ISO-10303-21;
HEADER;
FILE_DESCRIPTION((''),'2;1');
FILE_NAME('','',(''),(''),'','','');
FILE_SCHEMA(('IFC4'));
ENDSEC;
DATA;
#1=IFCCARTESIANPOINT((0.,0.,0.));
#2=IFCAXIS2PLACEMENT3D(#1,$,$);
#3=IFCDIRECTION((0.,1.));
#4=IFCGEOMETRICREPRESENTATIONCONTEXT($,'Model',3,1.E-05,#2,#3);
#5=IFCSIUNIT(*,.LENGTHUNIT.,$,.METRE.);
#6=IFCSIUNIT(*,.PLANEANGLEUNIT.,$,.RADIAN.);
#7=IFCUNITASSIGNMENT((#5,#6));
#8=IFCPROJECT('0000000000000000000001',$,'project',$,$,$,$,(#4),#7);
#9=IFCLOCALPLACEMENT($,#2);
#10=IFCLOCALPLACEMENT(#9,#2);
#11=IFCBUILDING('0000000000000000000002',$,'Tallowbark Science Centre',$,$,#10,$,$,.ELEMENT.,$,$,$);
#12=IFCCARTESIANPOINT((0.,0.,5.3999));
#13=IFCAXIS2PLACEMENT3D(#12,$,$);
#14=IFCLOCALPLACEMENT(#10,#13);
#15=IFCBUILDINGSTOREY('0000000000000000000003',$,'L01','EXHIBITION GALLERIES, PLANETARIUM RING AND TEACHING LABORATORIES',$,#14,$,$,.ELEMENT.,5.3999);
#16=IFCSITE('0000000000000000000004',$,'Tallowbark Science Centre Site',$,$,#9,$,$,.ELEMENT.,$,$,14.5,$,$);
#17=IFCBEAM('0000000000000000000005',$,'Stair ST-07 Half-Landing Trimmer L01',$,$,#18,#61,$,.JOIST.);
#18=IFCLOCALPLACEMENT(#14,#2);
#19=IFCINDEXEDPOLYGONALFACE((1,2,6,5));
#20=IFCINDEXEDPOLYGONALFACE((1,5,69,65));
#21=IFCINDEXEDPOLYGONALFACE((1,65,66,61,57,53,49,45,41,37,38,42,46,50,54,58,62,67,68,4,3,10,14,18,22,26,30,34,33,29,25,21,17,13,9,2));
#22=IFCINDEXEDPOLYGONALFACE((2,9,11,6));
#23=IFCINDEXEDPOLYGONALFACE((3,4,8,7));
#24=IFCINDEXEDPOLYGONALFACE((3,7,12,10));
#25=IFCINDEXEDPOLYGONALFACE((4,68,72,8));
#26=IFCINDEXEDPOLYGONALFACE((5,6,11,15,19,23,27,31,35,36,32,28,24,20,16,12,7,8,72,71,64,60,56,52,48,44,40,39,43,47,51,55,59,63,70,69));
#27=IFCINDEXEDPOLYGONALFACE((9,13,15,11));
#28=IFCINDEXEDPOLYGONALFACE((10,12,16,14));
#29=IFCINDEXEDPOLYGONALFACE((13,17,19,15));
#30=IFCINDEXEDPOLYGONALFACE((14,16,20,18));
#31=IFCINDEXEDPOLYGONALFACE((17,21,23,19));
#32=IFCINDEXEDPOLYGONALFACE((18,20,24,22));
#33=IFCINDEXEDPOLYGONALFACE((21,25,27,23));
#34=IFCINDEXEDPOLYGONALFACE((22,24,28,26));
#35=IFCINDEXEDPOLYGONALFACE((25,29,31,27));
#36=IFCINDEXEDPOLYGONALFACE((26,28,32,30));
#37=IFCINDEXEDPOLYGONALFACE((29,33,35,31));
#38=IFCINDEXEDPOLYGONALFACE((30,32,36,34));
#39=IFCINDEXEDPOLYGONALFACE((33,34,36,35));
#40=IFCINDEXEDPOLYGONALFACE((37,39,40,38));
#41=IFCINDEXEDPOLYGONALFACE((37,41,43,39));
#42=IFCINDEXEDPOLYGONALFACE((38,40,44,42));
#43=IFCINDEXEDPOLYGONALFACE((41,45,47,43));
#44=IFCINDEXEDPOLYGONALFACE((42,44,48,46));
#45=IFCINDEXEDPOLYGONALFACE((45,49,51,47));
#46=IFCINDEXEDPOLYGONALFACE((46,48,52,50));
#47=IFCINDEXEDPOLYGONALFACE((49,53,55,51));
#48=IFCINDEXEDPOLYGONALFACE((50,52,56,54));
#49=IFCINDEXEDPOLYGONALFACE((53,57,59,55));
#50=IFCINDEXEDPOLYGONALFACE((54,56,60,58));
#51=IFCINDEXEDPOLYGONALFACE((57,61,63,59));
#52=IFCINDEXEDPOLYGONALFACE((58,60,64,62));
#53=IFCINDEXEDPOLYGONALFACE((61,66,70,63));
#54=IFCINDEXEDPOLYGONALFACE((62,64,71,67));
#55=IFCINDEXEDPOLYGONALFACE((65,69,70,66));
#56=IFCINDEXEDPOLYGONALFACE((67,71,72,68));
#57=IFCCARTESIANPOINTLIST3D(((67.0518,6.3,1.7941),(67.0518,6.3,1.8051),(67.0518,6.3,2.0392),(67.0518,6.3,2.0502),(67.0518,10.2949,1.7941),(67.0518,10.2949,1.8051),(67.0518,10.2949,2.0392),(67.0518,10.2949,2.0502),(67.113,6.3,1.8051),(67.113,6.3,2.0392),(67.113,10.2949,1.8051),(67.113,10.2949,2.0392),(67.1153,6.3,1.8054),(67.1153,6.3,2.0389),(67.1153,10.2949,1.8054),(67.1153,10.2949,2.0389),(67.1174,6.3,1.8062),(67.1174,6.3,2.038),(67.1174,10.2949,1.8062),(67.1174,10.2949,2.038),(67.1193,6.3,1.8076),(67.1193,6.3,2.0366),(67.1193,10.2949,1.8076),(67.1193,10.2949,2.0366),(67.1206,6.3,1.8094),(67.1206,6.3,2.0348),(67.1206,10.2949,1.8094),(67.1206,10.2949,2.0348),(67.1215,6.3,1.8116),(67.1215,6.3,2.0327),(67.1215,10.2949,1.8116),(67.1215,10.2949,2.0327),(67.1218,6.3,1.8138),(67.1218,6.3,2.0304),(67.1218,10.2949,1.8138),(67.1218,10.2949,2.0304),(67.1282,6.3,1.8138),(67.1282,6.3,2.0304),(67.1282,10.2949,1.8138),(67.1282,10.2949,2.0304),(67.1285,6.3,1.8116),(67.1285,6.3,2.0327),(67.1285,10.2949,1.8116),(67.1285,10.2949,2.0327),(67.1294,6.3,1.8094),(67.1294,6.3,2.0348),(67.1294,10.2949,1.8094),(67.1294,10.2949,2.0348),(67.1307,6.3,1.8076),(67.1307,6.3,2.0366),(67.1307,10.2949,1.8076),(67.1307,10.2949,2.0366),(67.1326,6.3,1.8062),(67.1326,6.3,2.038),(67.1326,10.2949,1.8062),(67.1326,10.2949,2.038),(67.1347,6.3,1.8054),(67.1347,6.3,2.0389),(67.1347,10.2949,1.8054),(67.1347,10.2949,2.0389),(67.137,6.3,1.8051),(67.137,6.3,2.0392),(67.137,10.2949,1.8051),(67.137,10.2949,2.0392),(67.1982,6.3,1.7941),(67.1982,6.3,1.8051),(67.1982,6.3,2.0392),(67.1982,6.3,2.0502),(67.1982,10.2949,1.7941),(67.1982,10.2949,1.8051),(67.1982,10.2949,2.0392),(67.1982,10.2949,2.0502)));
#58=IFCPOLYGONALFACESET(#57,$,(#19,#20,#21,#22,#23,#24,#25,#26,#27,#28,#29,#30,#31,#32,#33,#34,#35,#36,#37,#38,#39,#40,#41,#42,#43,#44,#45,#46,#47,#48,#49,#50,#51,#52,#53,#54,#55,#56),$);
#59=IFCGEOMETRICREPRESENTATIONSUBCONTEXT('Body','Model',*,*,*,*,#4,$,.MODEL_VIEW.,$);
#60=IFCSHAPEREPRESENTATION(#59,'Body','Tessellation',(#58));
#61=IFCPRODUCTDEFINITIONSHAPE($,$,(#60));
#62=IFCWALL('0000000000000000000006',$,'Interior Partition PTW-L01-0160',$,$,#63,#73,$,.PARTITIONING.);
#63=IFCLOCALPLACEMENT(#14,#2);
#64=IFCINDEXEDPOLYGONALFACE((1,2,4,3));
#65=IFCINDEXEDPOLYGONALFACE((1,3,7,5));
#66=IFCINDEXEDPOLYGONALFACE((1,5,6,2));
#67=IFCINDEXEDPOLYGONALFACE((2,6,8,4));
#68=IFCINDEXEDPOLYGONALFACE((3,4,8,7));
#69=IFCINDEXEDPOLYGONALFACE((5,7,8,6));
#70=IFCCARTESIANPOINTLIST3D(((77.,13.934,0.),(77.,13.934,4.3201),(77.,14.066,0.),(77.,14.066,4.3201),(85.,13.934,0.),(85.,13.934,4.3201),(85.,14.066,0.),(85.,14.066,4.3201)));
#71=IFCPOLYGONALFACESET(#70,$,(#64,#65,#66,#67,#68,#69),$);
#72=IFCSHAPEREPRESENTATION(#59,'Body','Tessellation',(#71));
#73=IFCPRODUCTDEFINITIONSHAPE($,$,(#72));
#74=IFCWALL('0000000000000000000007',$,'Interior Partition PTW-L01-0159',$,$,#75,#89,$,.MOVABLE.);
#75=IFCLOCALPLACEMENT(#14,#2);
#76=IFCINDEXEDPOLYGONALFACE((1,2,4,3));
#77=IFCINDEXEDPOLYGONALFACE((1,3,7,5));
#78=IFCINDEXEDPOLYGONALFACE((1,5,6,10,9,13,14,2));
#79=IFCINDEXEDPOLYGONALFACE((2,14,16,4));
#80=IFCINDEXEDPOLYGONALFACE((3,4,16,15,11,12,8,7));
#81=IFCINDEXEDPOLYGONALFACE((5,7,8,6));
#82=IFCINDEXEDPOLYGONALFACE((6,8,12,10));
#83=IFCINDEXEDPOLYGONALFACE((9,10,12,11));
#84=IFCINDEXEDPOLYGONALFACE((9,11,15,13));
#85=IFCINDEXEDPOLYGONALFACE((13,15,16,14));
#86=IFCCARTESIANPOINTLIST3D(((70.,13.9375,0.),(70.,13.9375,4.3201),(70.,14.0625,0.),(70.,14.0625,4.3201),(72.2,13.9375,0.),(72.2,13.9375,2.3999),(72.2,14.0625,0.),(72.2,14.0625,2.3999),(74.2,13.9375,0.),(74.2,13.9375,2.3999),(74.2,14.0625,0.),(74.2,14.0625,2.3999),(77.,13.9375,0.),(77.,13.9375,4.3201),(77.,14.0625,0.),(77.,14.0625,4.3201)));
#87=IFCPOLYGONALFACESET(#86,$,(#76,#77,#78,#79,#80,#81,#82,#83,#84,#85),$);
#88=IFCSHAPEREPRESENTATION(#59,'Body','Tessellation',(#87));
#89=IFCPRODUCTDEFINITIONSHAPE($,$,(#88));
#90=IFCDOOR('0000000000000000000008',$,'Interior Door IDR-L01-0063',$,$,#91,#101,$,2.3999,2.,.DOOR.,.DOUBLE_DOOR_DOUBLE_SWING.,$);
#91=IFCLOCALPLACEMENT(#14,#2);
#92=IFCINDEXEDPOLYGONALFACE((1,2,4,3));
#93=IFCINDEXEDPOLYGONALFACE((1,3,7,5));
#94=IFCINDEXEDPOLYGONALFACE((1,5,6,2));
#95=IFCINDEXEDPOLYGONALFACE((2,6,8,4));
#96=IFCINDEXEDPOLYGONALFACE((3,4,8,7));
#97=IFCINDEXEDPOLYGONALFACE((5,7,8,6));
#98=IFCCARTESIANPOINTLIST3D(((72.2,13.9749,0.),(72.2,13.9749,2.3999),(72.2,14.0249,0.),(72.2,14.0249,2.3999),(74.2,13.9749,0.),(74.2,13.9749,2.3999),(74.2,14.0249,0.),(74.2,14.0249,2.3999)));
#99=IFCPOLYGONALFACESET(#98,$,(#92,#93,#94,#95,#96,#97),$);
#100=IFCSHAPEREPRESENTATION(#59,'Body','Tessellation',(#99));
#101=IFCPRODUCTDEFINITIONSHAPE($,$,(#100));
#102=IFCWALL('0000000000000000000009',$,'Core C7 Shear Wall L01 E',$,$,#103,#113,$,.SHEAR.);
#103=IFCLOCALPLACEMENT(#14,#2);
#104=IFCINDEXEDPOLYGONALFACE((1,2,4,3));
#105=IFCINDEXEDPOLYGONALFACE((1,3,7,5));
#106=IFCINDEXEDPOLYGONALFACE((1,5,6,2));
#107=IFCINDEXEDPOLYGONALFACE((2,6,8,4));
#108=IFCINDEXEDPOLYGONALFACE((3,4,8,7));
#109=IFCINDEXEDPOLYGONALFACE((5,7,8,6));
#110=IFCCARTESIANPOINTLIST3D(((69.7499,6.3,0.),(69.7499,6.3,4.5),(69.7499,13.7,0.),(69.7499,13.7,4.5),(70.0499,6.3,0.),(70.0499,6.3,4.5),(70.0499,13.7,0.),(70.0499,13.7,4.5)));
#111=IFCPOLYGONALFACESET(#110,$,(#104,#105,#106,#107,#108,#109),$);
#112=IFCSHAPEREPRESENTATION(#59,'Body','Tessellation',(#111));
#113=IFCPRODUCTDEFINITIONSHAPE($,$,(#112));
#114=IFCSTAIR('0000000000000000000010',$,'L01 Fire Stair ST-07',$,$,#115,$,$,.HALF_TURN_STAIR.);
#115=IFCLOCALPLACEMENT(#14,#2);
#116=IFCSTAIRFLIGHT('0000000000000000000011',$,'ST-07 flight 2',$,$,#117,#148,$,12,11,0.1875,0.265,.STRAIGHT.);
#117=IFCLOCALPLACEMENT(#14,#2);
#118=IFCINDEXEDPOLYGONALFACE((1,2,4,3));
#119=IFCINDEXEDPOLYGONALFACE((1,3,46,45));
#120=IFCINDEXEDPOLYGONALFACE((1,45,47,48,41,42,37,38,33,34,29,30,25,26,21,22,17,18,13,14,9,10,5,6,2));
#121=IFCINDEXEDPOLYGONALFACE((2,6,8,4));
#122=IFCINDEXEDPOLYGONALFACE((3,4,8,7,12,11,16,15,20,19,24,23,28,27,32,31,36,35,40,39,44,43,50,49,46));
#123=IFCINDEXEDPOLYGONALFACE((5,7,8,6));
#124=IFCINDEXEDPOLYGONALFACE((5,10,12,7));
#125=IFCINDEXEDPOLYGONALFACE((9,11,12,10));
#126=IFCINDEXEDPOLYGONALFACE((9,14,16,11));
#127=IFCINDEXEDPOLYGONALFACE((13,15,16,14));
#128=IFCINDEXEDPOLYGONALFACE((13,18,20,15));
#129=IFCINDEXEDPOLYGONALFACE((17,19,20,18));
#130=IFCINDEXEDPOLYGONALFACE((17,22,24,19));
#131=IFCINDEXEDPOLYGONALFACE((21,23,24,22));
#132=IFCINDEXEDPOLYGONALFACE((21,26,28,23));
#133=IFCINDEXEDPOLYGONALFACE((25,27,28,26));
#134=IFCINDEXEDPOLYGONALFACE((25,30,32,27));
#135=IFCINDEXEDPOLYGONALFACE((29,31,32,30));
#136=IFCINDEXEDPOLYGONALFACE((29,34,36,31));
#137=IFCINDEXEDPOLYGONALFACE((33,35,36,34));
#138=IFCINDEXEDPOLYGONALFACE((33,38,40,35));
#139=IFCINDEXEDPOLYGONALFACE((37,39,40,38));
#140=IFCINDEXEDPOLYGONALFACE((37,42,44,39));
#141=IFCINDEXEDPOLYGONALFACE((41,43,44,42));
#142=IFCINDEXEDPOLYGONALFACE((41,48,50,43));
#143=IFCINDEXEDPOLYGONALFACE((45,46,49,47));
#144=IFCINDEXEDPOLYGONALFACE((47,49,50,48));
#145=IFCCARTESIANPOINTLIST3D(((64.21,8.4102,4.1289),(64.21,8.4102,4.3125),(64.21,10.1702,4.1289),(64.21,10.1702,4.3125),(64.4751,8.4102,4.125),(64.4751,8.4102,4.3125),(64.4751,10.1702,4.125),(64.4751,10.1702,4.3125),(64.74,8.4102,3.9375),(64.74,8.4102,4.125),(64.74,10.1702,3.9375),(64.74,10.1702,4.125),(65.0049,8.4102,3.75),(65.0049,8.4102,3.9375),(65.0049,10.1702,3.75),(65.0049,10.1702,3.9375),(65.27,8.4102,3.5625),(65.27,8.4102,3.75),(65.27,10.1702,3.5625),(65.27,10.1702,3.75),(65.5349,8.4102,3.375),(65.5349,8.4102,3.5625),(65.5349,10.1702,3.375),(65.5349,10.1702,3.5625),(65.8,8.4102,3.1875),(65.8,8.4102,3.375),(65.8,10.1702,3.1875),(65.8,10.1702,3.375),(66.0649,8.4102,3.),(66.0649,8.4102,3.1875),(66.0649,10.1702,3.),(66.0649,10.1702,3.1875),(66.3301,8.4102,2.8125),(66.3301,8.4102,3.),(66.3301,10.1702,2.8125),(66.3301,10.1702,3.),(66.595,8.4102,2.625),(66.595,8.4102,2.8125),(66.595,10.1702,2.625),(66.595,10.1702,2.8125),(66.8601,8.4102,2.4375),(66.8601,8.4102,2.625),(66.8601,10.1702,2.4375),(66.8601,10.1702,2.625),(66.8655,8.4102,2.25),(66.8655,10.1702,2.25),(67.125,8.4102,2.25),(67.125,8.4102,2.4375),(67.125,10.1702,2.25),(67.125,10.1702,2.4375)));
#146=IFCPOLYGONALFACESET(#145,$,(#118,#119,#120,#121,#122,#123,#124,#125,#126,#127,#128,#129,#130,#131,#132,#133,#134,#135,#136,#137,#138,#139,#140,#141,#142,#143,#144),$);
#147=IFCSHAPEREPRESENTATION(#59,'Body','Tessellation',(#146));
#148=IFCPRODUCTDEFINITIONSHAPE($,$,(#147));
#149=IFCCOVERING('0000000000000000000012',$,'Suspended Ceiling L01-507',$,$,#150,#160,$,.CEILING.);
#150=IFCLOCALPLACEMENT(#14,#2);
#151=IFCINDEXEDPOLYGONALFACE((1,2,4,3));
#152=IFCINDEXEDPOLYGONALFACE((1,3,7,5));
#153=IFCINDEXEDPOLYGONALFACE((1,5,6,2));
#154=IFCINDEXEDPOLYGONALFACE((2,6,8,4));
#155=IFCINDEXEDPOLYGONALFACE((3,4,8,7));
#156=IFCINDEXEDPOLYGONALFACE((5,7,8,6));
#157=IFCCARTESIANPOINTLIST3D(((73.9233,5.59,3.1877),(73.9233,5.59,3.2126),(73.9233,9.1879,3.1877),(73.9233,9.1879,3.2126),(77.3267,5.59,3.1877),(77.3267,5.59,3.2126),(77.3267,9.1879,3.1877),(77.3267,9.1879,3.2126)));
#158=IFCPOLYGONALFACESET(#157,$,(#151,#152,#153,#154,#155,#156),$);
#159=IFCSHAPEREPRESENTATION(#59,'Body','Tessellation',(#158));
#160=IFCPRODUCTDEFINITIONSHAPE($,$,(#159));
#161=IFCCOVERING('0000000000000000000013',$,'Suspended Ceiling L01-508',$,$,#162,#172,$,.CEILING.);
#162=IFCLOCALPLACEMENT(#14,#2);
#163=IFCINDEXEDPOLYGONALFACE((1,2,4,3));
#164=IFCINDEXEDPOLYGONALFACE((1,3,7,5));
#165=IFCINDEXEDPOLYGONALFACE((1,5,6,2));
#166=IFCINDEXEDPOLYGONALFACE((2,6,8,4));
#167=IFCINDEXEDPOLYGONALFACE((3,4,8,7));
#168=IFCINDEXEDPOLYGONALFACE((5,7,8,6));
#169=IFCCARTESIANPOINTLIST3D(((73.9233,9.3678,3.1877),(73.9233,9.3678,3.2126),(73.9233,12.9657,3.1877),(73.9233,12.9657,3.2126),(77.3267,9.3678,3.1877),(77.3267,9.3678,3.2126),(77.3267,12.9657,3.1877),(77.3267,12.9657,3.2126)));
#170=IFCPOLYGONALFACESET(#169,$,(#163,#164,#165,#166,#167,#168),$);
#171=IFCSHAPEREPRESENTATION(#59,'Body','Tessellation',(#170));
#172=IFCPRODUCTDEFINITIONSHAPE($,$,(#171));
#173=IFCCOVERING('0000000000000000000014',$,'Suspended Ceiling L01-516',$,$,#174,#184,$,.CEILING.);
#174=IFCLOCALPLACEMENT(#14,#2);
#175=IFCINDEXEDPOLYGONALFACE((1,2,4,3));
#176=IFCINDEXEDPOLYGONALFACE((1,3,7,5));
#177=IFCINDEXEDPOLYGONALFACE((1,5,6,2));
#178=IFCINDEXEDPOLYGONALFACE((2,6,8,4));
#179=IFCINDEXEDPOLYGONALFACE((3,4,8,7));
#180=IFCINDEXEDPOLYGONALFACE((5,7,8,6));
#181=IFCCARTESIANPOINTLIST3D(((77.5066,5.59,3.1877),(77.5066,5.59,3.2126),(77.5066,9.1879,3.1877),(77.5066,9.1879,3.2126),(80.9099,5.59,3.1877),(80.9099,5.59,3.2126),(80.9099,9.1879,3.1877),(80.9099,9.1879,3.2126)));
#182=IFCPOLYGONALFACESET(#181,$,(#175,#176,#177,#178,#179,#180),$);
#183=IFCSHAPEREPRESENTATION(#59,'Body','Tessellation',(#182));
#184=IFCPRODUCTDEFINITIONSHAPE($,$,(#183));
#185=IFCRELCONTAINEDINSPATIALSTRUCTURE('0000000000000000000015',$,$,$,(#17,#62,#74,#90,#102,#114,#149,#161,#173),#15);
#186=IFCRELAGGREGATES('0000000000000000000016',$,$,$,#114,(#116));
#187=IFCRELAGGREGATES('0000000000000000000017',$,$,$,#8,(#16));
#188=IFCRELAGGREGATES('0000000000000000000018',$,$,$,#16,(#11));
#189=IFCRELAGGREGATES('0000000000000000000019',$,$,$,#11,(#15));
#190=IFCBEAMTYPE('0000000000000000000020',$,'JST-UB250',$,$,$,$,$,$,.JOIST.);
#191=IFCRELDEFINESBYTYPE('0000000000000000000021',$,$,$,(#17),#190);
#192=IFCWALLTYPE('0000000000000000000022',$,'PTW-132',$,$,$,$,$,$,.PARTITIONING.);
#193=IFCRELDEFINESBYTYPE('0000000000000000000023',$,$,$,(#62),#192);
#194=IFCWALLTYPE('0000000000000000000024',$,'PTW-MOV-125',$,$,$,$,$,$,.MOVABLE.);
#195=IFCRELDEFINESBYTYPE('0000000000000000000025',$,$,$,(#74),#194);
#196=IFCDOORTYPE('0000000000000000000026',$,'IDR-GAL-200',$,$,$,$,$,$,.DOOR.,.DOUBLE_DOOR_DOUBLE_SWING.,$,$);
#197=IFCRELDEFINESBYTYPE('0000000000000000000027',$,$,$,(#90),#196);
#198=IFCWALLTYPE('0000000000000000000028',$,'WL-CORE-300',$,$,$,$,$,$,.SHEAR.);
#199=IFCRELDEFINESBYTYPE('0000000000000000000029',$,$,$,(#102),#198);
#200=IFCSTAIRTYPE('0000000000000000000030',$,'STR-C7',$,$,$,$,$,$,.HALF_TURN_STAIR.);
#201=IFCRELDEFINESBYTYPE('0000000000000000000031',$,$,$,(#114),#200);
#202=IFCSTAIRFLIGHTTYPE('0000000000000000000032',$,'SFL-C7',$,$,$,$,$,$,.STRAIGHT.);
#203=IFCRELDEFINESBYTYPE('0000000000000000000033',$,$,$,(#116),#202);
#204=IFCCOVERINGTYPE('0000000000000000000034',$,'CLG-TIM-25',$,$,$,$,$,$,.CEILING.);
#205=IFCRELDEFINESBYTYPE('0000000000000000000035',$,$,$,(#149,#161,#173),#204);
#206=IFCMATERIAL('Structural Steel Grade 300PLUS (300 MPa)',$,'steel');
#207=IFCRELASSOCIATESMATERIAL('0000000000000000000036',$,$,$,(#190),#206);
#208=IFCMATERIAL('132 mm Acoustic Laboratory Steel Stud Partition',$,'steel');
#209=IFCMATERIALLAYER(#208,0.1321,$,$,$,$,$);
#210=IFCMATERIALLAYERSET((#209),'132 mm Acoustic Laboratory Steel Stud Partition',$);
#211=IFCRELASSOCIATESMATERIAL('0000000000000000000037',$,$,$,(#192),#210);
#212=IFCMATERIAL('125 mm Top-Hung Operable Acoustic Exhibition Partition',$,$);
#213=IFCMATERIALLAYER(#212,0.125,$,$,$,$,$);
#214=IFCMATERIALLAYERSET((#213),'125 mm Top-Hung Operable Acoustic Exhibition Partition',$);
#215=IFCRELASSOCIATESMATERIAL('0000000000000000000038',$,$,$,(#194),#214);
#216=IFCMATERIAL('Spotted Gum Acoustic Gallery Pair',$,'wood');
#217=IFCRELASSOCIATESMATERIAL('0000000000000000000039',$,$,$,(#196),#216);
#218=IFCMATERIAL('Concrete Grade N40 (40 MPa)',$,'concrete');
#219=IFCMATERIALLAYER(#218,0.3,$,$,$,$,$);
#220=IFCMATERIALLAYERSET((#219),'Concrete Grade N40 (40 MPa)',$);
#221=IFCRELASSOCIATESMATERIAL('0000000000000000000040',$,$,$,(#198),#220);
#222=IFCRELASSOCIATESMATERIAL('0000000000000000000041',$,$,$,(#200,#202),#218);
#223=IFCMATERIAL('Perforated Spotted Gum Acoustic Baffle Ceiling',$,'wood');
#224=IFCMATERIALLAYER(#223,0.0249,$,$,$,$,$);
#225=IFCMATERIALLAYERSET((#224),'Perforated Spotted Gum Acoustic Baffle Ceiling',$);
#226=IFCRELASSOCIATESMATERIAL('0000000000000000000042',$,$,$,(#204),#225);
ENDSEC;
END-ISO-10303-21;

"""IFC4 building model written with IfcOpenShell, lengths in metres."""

from ifc_helpers import new_model, si_unit, direction, frame, frame_2d, origin, origin_2d, place, context, subcontext, project, spatial, polyline, rectangle, i_section, outline, extrude, material, layer, layer_set, material_profile, profile_set, type_object, element, fill, aggregate, save


model = new_model("IFC4")

# Units and contexts
model_context = context("Model", 3, precision=1e-05, world=origin(), true_north=direction((0.0, 1.0)))
body_context = subcontext(model_context, "Body", "Model", "MODEL_VIEW")
ifc_project = project(units=[si_unit("LENGTHUNIT", "METRE"), si_unit("PLANEANGLEUNIT", "RADIAN")], contexts=[model_context])

# Site, building, storey
site_placement = place(None, origin())
site = spatial("IfcSite", under=ifc_project, at=site_placement, Name="Tallowbark Science Centre Site", CompositionType="ELEMENT", RefElevation=14.5)
building_placement = place(site_placement, origin())
building = spatial("IfcBuilding", under=site, at=building_placement, Name="Tallowbark Science Centre", CompositionType="ELEMENT")
storey_placement = place(building_placement, frame((0.0, 0.0, 5.3999)))
storey = spatial("IfcBuildingStorey", under=building, at=storey_placement, Name="L01", Description="EXHIBITION GALLERIES, PLANETARIUM RING AND TEACHING LABORATORIES", CompositionType="ELEMENT", Elevation=5.3999)

# Shared definitions
ifc_material_1 = material(Name="Structural Steel Grade 300PLUS (300 MPa)", Category="steel")

# Beam
ifc_material_profile_1 = material_profile(ifc_material_1, i_section(OverallWidth=0.1465, OverallDepth=0.2561, WebThickness=0.0063, FlangeThickness=0.011, FilletRadius=0.0088, at=origin_2d()), Name="250UB37.3")
ifc_profile_set_1 = profile_set([ifc_material_profile_1], Name="Structural Steel Grade 300PLUS (300 MPa)")
beam_type_1 = type_object("IfcBeamType", Name="JST-UB250", PredefinedType="JOIST", material=ifc_profile_set_1)
beam_1_placement = place(storey_placement, frame((67.125, 6.3, 1.9221), z_axis=(0.0, 1.0, 0.0), x_axis=(-1.0, 0.0, 0.0)))
element("IfcBeam", 1, at=beam_1_placement, inside=storey, type_object=beam_type_1, Name="Stair ST-07 Half-Landing Trimmer L01", PredefinedType="JOIST", context=body_context, shape_type="SweptSolid", body=[
    extrude(i_section(OverallWidth=0.1465, OverallDepth=0.2561, WebThickness=0.0063, FlangeThickness=0.011, FilletRadius=0.0088, at=origin_2d()), origin(), (0.0, 0.0, 1.0), 3.9949),
])

# Wall
ifc_material_2 = material(Name="132 mm Acoustic Laboratory Steel Stud Partition", Category="steel")
ifc_layer_1 = layer(ifc_material_2, 0.1321)
ifc_layer_set_1 = layer_set([ifc_layer_1], Name="132 mm Acoustic Laboratory Steel Stud Partition")
wall_type_1 = type_object("IfcWallType", Name="PTW-132", PredefinedType="PARTITIONING", material=ifc_layer_set_1)
wall_1_placement = place(storey_placement, frame((77.0, 14.0, 0.0), z_axis=(0.0, 0.0, 1.0), x_axis=(1.0, 0.0, 0.0)))
element("IfcWall", 2, at=wall_1_placement, inside=storey, type_object=wall_type_1, Name="Interior Partition PTW-L01-0160", PredefinedType="PARTITIONING", context=body_context, shape_type="SweptSolid", body=[
    extrude(rectangle(XDim=8.0, YDim=0.1321, at=frame_2d((4.0, 0.0))), origin(), (0.0, 0.0, 1.0), 4.3201),
])

# Wall, opening, door
ifc_material_3 = material(Name="125 mm Top-Hung Operable Acoustic Exhibition Partition")
ifc_layer_2 = layer(ifc_material_3, 0.125)
ifc_layer_set_2 = layer_set([ifc_layer_2], Name="125 mm Top-Hung Operable Acoustic Exhibition Partition")
wall_type_2 = type_object("IfcWallType", Name="PTW-MOV-125", PredefinedType="MOVABLE", material=ifc_layer_set_2)
wall_2_placement = place(storey_placement, frame((70.0, 14.0, 0.0), z_axis=(0.0, 0.0, 1.0), x_axis=(1.0, 0.0, 0.0)))
wall_2 = element("IfcWall", 3, at=wall_2_placement, inside=storey, type_object=wall_type_2, Name="Interior Partition PTW-L01-0159", PredefinedType="MOVABLE", context=body_context, shape_type="SweptSolid", body=[
    extrude(rectangle(XDim=7.0, YDim=0.125, at=frame_2d((3.5, 0.0))), origin(), (0.0, 0.0, 1.0), 4.3201),
])
opening_placement = place(wall_2_placement, frame((2.2, 0.0, 0.0)))
opening = element("IfcOpeningElement", 4, at=opening_placement, cuts=wall_2, PredefinedType="OPENING", context=body_context, shape_type="SweptSolid", body=[
    extrude(rectangle(XDim=2.0, YDim=2.3999, at=frame_2d((1.0, 1.2))), frame((0.0, 0.0725, 0.0), z_axis=(0.0, -1.0, 0.0), x_axis=(1.0, 0.0, 0.0)), (0.0, 0.0, 1.0), 0.145),
])
ifc_material_4 = material(Name="Spotted Gum Acoustic Gallery Pair", Category="wood")
door_type = type_object("IfcDoorType", Name="IDR-GAL-200", OperationType="DOUBLE_DOOR_DOUBLE_SWING", PredefinedType="DOOR", material=ifc_material_4)
door_placement = place(opening_placement, origin())
door = element("IfcDoor", 5, at=door_placement, inside=storey, type_object=door_type, Name="Interior Door IDR-L01-0063", OperationType="DOUBLE_DOOR_DOUBLE_SWING", OverallHeight=2.3999, OverallWidth=2.0, PredefinedType="DOOR", context=body_context, shape_type="SweptSolid", body=[
    extrude(rectangle(XDim=2.0, YDim=2.3999, at=frame_2d((1.0, 1.2))), frame((0.0, 0.0249, 0.0), z_axis=(0.0, -1.0, 0.0), x_axis=(1.0, 0.0, 0.0)), (0.0, 0.0, 1.0), 0.05),
])
fill(opening, door)

# Wall
ifc_material_5 = material(Name="Concrete Grade N40 (40 MPa)", Category="concrete")
ifc_layer_3 = layer(ifc_material_5, 0.3)
ifc_layer_set_3 = layer_set([ifc_layer_3], Name="Concrete Grade N40 (40 MPa)")
wall_type_3 = type_object("IfcWallType", Name="WL-CORE-300", PredefinedType="SHEAR", material=ifc_layer_set_3)
wall_3_placement = place(storey_placement, frame((69.8999, 6.3, 0.0), z_axis=(0.0, 0.0, 1.0), x_axis=(0.0, 1.0, 0.0)))
element("IfcWall", 6, at=wall_3_placement, inside=storey, type_object=wall_type_3, Name="Core C7 Shear Wall L01 E", PredefinedType="SHEAR", context=body_context, shape_type="SweptSolid", body=[
    extrude(rectangle(XDim=7.3999, YDim=0.3, at=frame_2d((3.7, 0.0))), origin(), (0.0, 0.0, 1.0), 4.5),
])

# Stair, stair flight
stair_type = type_object("IfcStairType", Name="STR-C7", PredefinedType="HALF_TURN_STAIR", material=ifc_material_5)
stair_placement = place(storey_placement, origin())
stair = element("IfcStair", 7, at=stair_placement, inside=storey, type_object=stair_type, Name="L01 Fire Stair ST-07", PredefinedType="HALF_TURN_STAIR")
stair_flight_type = type_object("IfcStairFlightType", Name="SFL-C7", PredefinedType="STRAIGHT", material=ifc_material_5)
stair_flight_placement = place(storey_placement, frame((67.125, 9.29, 2.25), z_axis=(0.0, 0.0, 1.0), x_axis=(-1.0, 0.0, 0.0)))
stair_flight = element("IfcStairFlight", 8, at=stair_flight_placement, type_object=stair_flight_type, Name="ST-07 flight 2", NumberOfRisers=12, NumberOfTreads=11, PredefinedType="STRAIGHT", RiserHeight=0.1875, TreadLength=0.265, context=body_context, shape_type="SweptSolid", body=[
    extrude(outline(polyline([(0.0, 0.0), (0.0, 0.1875), (0.2649, 0.1875), (0.2649, 0.375), (0.53, 0.375), (0.53, 0.5625), (0.7949, 0.5625), (0.7949, 0.75), (1.0601, 0.75), (1.0601, 0.9375), (1.325, 0.9375), (1.325, 1.125), (1.5901, 1.125), (1.5901, 1.3125), (1.855, 1.3125), (1.855, 1.5), (2.1201, 1.5), (2.1201, 1.6875), (2.385, 1.6875), (2.385, 1.875), (2.6499, 1.875), (2.6499, 2.0625), (2.915, 2.0625), (2.915, 2.25), (2.915, 1.8789), (0.2595, 0.0), (0.0, 0.0)])), frame((0.0, 0.8799, 0.0), z_axis=(0.0, -1.0, 0.0), x_axis=(1.0, 0.0, 0.0)), (0.0, 0.0, 1.0), 1.76),
])
aggregate(stair, [stair_flight])

# Coverings
ifc_material_6 = material(Name="Perforated Spotted Gum Acoustic Baffle Ceiling", Category="wood")
ifc_layer_4 = layer(ifc_material_6, 0.0249)
ifc_layer_set_4 = layer_set([ifc_layer_4], Name="Perforated Spotted Gum Acoustic Baffle Ceiling")
covering_type_1 = type_object("IfcCoveringType", Name="CLG-TIM-25", PredefinedType="CEILING", material=ifc_layer_set_4)
for number, where, z_axis, x_axis, name in (
    (9, (75.625, 7.3889, 3.1877), (0.0, 0.0, 1.0), (1.0, 0.0, 0.0), "Suspended Ceiling L01-507"),
    (10, (75.625, 11.1667, 3.1877), (0.0, 0.0, 1.0), (1.0, 0.0, 0.0), "Suspended Ceiling L01-508"),
    (11, (79.2083, 7.3889, 3.1877), (0.0, 0.0, 1.0), (1.0, 0.0, 0.0), "Suspended Ceiling L01-516"),
):
    element("IfcCovering", number, at=place(storey_placement, frame(where, z_axis=z_axis, x_axis=x_axis)), inside=storey, type_object=covering_type_1, Name=name, PredefinedType="CEILING", context=body_context, shape_type="SweptSolid", body=[
        extrude(rectangle(XDim=3.4033, YDim=3.5979, at=origin_2d()), origin(), (0.0, 0.0, 1.0), 0.0249),
    ])

save(model, "model.ifc")
